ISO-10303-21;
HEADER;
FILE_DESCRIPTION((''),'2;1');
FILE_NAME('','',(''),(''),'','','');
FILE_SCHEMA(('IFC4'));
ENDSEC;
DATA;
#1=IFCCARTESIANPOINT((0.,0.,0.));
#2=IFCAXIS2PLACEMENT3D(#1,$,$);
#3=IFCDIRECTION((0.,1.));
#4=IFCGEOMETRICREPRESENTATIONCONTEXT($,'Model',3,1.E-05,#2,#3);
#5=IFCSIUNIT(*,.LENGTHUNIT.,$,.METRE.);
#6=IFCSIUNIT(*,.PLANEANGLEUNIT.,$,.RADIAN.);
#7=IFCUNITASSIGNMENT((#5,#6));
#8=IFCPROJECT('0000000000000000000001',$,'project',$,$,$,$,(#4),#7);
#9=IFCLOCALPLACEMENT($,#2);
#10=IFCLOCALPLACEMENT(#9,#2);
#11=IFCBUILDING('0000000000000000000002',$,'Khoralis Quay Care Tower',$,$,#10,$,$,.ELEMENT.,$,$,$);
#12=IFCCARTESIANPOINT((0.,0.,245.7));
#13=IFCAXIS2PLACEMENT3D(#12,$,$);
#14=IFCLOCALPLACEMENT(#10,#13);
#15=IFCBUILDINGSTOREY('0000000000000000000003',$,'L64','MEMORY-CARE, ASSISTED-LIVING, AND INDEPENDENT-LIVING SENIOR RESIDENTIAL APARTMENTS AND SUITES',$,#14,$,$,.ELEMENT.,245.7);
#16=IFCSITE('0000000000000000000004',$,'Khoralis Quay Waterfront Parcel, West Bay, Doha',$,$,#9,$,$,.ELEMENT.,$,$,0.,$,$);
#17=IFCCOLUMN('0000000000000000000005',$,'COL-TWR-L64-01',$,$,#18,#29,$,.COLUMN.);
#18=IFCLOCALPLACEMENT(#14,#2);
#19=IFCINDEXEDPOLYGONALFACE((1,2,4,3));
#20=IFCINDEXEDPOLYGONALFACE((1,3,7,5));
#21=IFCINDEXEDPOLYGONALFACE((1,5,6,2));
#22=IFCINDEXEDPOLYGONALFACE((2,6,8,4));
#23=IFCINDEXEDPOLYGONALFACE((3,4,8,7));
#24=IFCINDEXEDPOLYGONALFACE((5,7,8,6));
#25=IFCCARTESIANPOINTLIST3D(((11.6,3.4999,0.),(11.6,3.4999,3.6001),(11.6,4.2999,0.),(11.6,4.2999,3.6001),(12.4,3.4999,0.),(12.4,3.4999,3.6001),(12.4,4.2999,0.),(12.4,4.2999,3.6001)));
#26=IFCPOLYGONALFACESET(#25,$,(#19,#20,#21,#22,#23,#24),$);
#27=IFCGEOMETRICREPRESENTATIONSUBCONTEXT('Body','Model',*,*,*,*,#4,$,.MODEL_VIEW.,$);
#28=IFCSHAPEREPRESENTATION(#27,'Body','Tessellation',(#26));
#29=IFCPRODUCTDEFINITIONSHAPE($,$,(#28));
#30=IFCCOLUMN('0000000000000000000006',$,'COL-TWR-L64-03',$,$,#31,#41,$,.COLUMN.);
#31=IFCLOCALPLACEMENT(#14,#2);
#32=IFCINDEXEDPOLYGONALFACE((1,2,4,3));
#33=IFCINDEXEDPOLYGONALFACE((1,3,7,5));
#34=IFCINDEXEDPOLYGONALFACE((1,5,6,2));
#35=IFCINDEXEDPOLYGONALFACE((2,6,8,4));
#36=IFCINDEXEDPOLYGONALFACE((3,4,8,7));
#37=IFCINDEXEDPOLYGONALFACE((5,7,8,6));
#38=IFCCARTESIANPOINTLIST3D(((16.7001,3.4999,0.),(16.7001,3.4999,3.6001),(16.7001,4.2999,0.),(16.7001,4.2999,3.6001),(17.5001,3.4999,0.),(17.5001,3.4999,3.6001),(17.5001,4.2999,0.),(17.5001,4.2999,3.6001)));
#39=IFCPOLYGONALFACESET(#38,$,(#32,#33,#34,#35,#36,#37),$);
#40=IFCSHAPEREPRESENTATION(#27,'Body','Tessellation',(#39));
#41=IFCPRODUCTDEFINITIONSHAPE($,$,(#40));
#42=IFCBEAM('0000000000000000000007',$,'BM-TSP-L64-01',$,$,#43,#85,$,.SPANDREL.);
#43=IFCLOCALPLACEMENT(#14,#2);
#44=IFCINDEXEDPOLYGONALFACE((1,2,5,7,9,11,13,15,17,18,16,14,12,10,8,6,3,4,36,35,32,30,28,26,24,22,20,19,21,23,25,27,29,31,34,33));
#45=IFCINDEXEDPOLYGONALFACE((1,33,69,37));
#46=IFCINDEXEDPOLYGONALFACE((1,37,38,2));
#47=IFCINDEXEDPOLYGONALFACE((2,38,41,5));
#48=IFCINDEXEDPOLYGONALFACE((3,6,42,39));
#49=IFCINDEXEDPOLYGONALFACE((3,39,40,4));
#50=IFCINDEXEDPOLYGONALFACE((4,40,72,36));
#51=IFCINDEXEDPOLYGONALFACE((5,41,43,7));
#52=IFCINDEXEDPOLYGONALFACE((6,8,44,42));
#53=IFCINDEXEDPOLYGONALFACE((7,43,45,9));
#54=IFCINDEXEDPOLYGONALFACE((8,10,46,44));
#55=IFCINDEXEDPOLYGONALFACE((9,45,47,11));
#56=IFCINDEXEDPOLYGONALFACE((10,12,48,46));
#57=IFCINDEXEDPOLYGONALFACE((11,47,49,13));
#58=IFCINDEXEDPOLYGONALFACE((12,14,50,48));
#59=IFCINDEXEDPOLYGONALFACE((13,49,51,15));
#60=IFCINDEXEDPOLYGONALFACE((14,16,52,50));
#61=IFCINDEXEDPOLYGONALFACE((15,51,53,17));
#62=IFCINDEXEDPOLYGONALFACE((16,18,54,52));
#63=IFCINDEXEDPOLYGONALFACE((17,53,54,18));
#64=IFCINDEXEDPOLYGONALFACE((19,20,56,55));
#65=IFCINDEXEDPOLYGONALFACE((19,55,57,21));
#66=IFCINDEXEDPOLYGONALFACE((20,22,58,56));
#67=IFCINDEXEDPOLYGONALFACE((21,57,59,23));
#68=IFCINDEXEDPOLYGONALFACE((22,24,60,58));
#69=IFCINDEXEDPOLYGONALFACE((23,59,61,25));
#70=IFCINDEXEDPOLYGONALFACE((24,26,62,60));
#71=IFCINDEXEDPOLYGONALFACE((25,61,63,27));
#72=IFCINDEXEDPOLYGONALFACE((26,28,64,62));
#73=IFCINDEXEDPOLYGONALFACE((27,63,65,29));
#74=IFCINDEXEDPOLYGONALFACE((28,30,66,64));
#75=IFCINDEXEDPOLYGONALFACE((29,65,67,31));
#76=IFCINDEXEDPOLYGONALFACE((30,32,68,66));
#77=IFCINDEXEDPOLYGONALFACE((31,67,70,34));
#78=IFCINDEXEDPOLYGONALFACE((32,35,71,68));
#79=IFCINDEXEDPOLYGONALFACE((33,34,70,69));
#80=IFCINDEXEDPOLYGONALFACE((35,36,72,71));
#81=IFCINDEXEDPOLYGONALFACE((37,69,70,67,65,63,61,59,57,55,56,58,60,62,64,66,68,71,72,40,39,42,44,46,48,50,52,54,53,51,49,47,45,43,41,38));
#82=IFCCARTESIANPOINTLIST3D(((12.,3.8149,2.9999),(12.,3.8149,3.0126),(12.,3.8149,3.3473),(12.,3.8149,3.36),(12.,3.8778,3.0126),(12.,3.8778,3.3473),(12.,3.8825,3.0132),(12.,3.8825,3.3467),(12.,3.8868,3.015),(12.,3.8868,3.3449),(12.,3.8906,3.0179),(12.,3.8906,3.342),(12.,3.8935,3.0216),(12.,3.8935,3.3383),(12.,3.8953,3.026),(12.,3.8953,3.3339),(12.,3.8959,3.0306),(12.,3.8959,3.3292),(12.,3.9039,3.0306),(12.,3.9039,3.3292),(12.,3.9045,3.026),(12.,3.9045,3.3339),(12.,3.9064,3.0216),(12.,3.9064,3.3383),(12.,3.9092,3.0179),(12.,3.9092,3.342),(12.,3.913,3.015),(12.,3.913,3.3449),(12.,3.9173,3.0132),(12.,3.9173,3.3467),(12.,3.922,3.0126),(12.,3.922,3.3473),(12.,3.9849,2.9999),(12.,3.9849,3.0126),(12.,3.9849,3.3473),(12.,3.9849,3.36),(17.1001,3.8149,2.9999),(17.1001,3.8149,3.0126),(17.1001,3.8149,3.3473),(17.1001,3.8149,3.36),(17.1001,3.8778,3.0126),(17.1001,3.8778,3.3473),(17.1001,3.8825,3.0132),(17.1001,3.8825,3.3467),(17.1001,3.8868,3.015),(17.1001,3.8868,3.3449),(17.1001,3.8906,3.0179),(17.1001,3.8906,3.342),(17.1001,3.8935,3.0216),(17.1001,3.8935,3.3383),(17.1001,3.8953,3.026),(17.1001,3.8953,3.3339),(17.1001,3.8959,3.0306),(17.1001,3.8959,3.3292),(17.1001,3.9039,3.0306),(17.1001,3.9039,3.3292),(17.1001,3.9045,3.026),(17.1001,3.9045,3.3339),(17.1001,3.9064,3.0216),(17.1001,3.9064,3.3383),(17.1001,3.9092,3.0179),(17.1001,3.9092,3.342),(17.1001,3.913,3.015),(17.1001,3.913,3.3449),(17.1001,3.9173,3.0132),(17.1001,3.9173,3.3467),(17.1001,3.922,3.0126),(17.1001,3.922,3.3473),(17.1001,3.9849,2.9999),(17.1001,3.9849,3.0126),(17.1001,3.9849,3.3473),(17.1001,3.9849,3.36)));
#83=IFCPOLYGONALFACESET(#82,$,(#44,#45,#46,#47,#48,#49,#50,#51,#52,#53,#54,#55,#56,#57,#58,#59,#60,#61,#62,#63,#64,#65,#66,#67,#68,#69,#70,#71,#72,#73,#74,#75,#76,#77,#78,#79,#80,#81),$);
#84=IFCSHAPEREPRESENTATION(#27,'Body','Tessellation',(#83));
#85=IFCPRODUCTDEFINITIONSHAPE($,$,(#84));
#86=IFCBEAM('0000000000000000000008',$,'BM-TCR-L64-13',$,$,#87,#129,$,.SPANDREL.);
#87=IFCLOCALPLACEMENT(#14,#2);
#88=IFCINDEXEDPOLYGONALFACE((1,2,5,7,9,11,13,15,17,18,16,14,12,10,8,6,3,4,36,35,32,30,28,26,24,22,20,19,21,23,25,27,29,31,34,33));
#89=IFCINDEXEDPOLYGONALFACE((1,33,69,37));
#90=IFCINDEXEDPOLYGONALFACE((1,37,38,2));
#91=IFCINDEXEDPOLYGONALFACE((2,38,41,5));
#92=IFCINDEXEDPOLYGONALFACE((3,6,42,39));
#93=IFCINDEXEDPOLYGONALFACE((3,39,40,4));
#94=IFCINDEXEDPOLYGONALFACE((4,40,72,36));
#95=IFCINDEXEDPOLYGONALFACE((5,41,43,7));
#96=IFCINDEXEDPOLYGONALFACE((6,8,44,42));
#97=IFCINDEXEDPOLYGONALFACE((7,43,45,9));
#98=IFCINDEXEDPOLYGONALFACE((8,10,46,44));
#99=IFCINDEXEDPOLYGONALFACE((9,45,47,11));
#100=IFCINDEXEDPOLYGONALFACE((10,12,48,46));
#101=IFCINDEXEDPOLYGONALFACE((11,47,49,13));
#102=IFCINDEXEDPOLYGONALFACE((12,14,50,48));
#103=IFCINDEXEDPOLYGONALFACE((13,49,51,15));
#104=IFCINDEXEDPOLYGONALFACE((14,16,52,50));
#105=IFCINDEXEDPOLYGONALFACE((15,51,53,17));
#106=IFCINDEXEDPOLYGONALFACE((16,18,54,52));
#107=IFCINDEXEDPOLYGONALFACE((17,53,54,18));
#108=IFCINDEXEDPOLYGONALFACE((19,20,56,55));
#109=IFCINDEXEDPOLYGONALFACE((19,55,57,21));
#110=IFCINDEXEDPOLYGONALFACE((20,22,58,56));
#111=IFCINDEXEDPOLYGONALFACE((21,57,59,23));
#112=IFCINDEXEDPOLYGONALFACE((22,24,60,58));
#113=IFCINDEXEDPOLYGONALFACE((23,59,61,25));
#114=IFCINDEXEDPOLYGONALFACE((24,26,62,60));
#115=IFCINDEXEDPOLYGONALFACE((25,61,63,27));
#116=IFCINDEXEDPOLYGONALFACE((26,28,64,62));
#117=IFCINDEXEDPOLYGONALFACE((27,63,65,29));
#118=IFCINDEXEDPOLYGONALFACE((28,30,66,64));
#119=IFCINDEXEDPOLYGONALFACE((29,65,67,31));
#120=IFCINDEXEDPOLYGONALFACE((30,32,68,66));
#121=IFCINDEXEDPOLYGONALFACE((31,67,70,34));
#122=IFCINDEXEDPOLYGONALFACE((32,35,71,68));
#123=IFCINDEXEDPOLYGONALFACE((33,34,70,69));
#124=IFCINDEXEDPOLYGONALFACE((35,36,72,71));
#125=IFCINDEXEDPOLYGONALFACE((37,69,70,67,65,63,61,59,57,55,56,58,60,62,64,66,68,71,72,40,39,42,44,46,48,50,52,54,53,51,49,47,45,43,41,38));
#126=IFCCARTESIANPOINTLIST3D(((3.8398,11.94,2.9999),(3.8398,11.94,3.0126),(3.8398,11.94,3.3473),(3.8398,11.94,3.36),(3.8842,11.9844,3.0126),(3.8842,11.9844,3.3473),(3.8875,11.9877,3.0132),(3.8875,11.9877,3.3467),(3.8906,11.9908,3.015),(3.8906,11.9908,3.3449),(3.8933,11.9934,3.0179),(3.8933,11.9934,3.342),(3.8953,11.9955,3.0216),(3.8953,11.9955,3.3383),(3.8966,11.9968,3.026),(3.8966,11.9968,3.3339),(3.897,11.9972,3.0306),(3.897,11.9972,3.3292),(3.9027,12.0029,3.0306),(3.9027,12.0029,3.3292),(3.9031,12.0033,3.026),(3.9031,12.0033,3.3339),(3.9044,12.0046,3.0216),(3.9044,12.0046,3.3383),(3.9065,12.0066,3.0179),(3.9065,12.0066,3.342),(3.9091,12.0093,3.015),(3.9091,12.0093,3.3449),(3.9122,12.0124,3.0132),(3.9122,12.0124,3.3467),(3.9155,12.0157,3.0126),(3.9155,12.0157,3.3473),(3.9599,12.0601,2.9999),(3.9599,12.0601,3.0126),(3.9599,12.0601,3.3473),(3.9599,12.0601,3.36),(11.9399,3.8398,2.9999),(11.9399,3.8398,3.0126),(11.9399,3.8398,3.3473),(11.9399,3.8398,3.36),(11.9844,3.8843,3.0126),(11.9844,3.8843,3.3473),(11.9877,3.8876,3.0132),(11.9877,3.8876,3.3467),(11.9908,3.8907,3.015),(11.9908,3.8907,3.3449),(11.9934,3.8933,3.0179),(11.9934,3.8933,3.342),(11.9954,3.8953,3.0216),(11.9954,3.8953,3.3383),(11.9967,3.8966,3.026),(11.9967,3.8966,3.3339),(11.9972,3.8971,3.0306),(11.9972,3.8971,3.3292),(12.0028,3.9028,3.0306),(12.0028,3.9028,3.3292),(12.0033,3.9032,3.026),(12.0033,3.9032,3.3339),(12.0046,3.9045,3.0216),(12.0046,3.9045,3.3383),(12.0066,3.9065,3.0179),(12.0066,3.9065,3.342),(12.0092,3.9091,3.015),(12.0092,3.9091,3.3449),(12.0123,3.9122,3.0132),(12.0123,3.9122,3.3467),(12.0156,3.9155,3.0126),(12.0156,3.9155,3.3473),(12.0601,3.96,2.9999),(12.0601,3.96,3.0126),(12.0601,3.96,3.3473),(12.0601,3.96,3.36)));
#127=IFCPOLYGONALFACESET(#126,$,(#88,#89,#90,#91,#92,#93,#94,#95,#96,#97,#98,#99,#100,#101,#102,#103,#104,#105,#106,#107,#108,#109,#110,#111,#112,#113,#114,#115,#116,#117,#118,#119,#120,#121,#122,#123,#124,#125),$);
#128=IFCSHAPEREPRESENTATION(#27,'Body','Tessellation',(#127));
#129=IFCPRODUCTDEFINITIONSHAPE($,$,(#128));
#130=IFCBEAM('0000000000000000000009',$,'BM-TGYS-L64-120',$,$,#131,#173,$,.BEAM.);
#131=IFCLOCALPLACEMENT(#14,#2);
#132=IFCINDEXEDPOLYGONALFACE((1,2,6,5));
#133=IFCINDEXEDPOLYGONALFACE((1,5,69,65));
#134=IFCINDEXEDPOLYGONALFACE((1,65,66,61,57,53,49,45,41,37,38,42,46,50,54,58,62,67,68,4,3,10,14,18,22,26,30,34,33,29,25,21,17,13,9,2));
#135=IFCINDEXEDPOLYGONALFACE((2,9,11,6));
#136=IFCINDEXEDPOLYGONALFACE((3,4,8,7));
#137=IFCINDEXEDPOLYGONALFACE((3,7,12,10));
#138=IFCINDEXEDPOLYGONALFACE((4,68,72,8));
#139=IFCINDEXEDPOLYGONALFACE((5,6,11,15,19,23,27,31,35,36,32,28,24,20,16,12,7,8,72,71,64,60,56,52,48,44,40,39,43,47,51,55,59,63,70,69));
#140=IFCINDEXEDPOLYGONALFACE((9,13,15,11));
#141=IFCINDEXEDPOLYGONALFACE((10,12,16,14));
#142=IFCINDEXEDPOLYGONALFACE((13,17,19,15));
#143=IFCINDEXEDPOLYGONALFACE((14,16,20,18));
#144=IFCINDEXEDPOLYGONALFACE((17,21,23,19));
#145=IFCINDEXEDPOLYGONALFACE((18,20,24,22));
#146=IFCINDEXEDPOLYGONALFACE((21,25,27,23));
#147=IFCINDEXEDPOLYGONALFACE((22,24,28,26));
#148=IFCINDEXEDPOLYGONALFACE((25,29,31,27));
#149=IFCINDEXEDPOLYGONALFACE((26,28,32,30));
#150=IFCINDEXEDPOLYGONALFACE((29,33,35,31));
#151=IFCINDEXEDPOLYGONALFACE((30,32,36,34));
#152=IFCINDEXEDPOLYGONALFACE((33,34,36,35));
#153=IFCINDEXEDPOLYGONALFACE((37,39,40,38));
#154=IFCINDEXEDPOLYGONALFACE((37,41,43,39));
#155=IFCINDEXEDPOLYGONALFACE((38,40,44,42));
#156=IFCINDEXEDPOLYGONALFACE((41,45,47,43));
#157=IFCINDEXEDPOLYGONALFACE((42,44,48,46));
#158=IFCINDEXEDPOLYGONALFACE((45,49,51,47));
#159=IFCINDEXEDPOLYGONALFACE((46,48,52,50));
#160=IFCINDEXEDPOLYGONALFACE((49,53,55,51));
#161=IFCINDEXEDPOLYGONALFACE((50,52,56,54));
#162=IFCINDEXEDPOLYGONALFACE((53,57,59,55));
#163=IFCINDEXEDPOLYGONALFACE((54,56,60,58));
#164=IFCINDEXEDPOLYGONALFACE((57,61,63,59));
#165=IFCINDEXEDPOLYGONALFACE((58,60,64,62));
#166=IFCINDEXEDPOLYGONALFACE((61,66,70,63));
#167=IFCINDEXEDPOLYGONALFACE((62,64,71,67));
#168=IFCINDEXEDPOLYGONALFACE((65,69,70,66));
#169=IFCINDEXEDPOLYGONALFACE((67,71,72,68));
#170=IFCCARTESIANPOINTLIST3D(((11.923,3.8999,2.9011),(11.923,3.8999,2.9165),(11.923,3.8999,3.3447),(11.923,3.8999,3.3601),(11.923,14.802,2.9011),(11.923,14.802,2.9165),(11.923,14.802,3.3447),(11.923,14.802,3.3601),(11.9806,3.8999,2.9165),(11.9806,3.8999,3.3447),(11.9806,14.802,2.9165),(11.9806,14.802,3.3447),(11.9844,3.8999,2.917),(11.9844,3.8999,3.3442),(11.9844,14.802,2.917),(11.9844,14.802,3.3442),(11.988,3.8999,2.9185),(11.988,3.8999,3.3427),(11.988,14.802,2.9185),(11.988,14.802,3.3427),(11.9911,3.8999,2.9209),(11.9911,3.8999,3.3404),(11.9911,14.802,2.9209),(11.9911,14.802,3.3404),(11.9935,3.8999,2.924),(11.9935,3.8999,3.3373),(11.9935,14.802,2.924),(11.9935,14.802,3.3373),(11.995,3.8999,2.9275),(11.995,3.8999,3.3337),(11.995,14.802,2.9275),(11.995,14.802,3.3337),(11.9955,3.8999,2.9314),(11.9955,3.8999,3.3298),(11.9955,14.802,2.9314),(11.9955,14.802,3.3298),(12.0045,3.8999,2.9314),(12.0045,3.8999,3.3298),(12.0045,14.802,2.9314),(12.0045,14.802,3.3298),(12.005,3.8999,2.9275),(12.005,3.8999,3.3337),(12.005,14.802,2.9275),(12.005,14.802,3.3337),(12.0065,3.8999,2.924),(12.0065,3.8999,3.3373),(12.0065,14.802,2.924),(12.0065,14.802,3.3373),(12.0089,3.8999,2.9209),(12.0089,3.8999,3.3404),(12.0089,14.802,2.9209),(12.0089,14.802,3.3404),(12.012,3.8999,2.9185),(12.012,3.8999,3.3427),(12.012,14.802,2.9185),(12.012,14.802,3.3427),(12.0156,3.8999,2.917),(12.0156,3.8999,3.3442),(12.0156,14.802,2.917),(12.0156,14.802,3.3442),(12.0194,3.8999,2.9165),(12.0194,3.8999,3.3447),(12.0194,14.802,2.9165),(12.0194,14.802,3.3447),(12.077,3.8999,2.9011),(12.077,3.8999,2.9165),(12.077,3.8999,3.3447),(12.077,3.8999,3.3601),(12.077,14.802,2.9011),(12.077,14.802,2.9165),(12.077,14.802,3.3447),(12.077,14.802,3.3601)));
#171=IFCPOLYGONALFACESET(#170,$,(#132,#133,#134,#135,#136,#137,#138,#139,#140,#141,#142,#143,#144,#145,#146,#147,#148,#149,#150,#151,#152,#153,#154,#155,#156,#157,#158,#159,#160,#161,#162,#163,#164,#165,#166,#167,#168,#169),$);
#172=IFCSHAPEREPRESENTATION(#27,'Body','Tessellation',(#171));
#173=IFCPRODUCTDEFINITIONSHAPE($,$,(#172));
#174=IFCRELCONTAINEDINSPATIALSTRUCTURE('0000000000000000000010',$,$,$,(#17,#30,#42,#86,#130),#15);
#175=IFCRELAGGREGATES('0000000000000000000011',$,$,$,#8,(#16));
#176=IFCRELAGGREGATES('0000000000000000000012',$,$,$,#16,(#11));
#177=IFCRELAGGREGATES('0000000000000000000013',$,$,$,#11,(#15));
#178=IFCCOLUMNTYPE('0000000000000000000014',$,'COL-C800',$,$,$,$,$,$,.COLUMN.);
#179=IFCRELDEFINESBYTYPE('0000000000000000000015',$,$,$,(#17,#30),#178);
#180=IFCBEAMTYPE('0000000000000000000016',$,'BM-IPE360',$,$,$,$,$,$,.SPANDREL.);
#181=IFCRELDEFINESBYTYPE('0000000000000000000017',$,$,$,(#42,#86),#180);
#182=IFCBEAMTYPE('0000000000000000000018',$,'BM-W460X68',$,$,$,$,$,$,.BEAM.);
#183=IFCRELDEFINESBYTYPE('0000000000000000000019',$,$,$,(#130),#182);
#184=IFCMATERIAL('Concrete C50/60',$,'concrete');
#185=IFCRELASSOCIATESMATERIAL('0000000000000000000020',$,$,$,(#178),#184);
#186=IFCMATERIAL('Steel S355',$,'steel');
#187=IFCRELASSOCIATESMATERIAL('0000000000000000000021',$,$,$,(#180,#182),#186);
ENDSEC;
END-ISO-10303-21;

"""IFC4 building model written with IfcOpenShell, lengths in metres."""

from ifc_helpers import new_model, si_unit, direction, frame, origin, origin_2d, place, context, subcontext, project, spatial, rectangle, i_section, extrude, source, transform, mapped, material, material_profile, profile_set, type_object, element, save


model = new_model("IFC4")

# Units and contexts
model_context = context("Model", 3, precision=1e-05, world=origin(), true_north=direction((0.0, 1.0)))
body_context = subcontext(model_context, "Body", "Model", "MODEL_VIEW")
ifc_project = project(units=[si_unit("LENGTHUNIT", "METRE"), si_unit("PLANEANGLEUNIT", "RADIAN")], contexts=[model_context])

# Site, building, storey
site_placement = place(None, origin())
site = spatial("IfcSite", under=ifc_project, at=site_placement, Name="Khoralis Quay Waterfront Parcel, West Bay, Doha", CompositionType="ELEMENT", RefElevation=0.0)
building_placement = place(site_placement, origin())
building = spatial("IfcBuilding", under=site, at=building_placement, Name="Khoralis Quay Care Tower", CompositionType="ELEMENT")
storey_placement = place(building_placement, frame((0.0, 0.0, 245.7)))
storey = spatial("IfcBuildingStorey", under=building, at=storey_placement, Name="L64", Description="MEMORY-CARE, ASSISTED-LIVING, AND INDEPENDENT-LIVING SENIOR RESIDENTIAL APARTMENTS AND SUITES", CompositionType="ELEMENT", Elevation=245.7)

# Columns
ifc_material_1 = material(Name="Concrete C50/60", Category="concrete")
ifc_material_profile_1 = material_profile(ifc_material_1, rectangle(XDim=0.8, YDim=0.8, at=origin_2d()), Name="Concrete C50/60")
ifc_profile_set_1 = profile_set([ifc_material_profile_1], Name="Concrete C50/60")
column_type = type_object("IfcColumnType", Name="COL-C800", PredefinedType="COLUMN", material=ifc_profile_set_1)
shared_shape_1 = source(origin(), body_context, "Body", "SweptSolid", [
    extrude(rectangle(XDim=0.8, YDim=0.8, at=origin_2d()), origin(), (0.0, 0.0, 1.0), 3.6001),
])
for number, where, z_axis, x_axis, name in (
    (1, (12.0, 3.8999, 0.0), (0.0, 0.0, 1.0), (1.0, 0.0, 0.0), "COL-TWR-L64-01"),
    (2, (17.1001, 3.8999, 0.0), (0.0, 0.0, 1.0), (1.0, 0.0, 0.0), "COL-TWR-L64-03"),
):
    element("IfcColumn", number, at=place(storey_placement, frame(where, z_axis=z_axis, x_axis=x_axis)), inside=storey, type_object=column_type, Name=name, PredefinedType="COLUMN", context=body_context, shape_type="MappedRepresentation", body=[
        mapped(shared_shape_1, transform((0.0, 0.0, 0.0), scale=1.0)),
    ])

# Beams
ifc_material_2 = material(Name="Steel S355", Category="steel")
ifc_material_profile_2 = material_profile(ifc_material_2, i_section(OverallWidth=0.1699, OverallDepth=0.3601, WebThickness=0.0081, FlangeThickness=0.0127, FilletRadius=0.0181, at=origin_2d()), Name="Steel S355")
ifc_profile_set_2 = profile_set([ifc_material_profile_2], Name="Steel S355")
beam_type_1 = type_object("IfcBeamType", Name="BM-IPE360", PredefinedType="SPANDREL", material=ifc_profile_set_2)
shared_shape_2 = source(origin(), body_context, "Body", "SweptSolid", [
    extrude(i_section(OverallWidth=0.1699, OverallDepth=0.3601, WebThickness=0.0081, FlangeThickness=0.0127, FilletRadius=0.0181, at=origin_2d()), origin(), (0.0, 0.0, 1.0), 5.1001),
])
beam_1_placement = place(storey_placement, frame((12.0, 3.8999, 3.1799), z_axis=(1.0, 0.0, 0.0), x_axis=(0.0, 1.0, 0.0)))
element("IfcBeam", 3, at=beam_1_placement, inside=storey, type_object=beam_type_1, Name="BM-TSP-L64-01", PredefinedType="SPANDREL", context=body_context, shape_type="MappedRepresentation", body=[
    mapped(shared_shape_2, transform((0.0, 0.0, 0.0), scale=1.0)),
])
shared_shape_3 = source(origin(), body_context, "Body", "SweptSolid", [
    extrude(i_section(OverallWidth=0.1699, OverallDepth=0.3601, WebThickness=0.0081, FlangeThickness=0.0127, FilletRadius=0.0181, at=origin_2d()), origin(), (0.0, 0.0, 1.0), 11.4553),
])
beam_2_placement = place(storey_placement, frame((12.0, 3.8999, 3.1799), z_axis=(-0.707107, 0.707107, 0.0), x_axis=(-0.707107, -0.707107, 0.0)))
element("IfcBeam", 4, at=beam_2_placement, inside=storey, type_object=beam_type_1, Name="BM-TCR-L64-13", PredefinedType="SPANDREL", context=body_context, shape_type="MappedRepresentation", body=[
    mapped(shared_shape_3, transform((0.0, 0.0, 0.0), scale=1.0)),
])
ifc_material_profile_3 = material_profile(ifc_material_2, i_section(OverallWidth=0.1541, OverallDepth=0.459, WebThickness=0.009, FlangeThickness=0.0154, FilletRadius=0.0149, at=origin_2d()), Name="Steel S355")
ifc_profile_set_3 = profile_set([ifc_material_profile_3], Name="Steel S355")
beam_type_2 = type_object("IfcBeamType", Name="BM-W460X68", PredefinedType="BEAM", material=ifc_profile_set_3)
shared_shape_4 = source(origin(), body_context, "Body", "SweptSolid", [
    extrude(i_section(OverallWidth=0.1541, OverallDepth=0.459, WebThickness=0.009, FlangeThickness=0.0154, FilletRadius=0.0149, at=origin_2d()), origin(), (0.0, 0.0, 1.0), 10.9021),
])
beam_3_placement = place(storey_placement, frame((12.0, 3.8999, 3.1306), z_axis=(0.0, 1.0, 0.0), x_axis=(-1.0, 0.0, 0.0)))
element("IfcBeam", 5, at=beam_3_placement, inside=storey, type_object=beam_type_2, Name="BM-TGYS-L64-120", PredefinedType="BEAM", context=body_context, shape_type="MappedRepresentation", body=[
    mapped(shared_shape_4, transform((0.0, 0.0, 0.0), scale=1.0)),
])

save(model, "model.ifc")
